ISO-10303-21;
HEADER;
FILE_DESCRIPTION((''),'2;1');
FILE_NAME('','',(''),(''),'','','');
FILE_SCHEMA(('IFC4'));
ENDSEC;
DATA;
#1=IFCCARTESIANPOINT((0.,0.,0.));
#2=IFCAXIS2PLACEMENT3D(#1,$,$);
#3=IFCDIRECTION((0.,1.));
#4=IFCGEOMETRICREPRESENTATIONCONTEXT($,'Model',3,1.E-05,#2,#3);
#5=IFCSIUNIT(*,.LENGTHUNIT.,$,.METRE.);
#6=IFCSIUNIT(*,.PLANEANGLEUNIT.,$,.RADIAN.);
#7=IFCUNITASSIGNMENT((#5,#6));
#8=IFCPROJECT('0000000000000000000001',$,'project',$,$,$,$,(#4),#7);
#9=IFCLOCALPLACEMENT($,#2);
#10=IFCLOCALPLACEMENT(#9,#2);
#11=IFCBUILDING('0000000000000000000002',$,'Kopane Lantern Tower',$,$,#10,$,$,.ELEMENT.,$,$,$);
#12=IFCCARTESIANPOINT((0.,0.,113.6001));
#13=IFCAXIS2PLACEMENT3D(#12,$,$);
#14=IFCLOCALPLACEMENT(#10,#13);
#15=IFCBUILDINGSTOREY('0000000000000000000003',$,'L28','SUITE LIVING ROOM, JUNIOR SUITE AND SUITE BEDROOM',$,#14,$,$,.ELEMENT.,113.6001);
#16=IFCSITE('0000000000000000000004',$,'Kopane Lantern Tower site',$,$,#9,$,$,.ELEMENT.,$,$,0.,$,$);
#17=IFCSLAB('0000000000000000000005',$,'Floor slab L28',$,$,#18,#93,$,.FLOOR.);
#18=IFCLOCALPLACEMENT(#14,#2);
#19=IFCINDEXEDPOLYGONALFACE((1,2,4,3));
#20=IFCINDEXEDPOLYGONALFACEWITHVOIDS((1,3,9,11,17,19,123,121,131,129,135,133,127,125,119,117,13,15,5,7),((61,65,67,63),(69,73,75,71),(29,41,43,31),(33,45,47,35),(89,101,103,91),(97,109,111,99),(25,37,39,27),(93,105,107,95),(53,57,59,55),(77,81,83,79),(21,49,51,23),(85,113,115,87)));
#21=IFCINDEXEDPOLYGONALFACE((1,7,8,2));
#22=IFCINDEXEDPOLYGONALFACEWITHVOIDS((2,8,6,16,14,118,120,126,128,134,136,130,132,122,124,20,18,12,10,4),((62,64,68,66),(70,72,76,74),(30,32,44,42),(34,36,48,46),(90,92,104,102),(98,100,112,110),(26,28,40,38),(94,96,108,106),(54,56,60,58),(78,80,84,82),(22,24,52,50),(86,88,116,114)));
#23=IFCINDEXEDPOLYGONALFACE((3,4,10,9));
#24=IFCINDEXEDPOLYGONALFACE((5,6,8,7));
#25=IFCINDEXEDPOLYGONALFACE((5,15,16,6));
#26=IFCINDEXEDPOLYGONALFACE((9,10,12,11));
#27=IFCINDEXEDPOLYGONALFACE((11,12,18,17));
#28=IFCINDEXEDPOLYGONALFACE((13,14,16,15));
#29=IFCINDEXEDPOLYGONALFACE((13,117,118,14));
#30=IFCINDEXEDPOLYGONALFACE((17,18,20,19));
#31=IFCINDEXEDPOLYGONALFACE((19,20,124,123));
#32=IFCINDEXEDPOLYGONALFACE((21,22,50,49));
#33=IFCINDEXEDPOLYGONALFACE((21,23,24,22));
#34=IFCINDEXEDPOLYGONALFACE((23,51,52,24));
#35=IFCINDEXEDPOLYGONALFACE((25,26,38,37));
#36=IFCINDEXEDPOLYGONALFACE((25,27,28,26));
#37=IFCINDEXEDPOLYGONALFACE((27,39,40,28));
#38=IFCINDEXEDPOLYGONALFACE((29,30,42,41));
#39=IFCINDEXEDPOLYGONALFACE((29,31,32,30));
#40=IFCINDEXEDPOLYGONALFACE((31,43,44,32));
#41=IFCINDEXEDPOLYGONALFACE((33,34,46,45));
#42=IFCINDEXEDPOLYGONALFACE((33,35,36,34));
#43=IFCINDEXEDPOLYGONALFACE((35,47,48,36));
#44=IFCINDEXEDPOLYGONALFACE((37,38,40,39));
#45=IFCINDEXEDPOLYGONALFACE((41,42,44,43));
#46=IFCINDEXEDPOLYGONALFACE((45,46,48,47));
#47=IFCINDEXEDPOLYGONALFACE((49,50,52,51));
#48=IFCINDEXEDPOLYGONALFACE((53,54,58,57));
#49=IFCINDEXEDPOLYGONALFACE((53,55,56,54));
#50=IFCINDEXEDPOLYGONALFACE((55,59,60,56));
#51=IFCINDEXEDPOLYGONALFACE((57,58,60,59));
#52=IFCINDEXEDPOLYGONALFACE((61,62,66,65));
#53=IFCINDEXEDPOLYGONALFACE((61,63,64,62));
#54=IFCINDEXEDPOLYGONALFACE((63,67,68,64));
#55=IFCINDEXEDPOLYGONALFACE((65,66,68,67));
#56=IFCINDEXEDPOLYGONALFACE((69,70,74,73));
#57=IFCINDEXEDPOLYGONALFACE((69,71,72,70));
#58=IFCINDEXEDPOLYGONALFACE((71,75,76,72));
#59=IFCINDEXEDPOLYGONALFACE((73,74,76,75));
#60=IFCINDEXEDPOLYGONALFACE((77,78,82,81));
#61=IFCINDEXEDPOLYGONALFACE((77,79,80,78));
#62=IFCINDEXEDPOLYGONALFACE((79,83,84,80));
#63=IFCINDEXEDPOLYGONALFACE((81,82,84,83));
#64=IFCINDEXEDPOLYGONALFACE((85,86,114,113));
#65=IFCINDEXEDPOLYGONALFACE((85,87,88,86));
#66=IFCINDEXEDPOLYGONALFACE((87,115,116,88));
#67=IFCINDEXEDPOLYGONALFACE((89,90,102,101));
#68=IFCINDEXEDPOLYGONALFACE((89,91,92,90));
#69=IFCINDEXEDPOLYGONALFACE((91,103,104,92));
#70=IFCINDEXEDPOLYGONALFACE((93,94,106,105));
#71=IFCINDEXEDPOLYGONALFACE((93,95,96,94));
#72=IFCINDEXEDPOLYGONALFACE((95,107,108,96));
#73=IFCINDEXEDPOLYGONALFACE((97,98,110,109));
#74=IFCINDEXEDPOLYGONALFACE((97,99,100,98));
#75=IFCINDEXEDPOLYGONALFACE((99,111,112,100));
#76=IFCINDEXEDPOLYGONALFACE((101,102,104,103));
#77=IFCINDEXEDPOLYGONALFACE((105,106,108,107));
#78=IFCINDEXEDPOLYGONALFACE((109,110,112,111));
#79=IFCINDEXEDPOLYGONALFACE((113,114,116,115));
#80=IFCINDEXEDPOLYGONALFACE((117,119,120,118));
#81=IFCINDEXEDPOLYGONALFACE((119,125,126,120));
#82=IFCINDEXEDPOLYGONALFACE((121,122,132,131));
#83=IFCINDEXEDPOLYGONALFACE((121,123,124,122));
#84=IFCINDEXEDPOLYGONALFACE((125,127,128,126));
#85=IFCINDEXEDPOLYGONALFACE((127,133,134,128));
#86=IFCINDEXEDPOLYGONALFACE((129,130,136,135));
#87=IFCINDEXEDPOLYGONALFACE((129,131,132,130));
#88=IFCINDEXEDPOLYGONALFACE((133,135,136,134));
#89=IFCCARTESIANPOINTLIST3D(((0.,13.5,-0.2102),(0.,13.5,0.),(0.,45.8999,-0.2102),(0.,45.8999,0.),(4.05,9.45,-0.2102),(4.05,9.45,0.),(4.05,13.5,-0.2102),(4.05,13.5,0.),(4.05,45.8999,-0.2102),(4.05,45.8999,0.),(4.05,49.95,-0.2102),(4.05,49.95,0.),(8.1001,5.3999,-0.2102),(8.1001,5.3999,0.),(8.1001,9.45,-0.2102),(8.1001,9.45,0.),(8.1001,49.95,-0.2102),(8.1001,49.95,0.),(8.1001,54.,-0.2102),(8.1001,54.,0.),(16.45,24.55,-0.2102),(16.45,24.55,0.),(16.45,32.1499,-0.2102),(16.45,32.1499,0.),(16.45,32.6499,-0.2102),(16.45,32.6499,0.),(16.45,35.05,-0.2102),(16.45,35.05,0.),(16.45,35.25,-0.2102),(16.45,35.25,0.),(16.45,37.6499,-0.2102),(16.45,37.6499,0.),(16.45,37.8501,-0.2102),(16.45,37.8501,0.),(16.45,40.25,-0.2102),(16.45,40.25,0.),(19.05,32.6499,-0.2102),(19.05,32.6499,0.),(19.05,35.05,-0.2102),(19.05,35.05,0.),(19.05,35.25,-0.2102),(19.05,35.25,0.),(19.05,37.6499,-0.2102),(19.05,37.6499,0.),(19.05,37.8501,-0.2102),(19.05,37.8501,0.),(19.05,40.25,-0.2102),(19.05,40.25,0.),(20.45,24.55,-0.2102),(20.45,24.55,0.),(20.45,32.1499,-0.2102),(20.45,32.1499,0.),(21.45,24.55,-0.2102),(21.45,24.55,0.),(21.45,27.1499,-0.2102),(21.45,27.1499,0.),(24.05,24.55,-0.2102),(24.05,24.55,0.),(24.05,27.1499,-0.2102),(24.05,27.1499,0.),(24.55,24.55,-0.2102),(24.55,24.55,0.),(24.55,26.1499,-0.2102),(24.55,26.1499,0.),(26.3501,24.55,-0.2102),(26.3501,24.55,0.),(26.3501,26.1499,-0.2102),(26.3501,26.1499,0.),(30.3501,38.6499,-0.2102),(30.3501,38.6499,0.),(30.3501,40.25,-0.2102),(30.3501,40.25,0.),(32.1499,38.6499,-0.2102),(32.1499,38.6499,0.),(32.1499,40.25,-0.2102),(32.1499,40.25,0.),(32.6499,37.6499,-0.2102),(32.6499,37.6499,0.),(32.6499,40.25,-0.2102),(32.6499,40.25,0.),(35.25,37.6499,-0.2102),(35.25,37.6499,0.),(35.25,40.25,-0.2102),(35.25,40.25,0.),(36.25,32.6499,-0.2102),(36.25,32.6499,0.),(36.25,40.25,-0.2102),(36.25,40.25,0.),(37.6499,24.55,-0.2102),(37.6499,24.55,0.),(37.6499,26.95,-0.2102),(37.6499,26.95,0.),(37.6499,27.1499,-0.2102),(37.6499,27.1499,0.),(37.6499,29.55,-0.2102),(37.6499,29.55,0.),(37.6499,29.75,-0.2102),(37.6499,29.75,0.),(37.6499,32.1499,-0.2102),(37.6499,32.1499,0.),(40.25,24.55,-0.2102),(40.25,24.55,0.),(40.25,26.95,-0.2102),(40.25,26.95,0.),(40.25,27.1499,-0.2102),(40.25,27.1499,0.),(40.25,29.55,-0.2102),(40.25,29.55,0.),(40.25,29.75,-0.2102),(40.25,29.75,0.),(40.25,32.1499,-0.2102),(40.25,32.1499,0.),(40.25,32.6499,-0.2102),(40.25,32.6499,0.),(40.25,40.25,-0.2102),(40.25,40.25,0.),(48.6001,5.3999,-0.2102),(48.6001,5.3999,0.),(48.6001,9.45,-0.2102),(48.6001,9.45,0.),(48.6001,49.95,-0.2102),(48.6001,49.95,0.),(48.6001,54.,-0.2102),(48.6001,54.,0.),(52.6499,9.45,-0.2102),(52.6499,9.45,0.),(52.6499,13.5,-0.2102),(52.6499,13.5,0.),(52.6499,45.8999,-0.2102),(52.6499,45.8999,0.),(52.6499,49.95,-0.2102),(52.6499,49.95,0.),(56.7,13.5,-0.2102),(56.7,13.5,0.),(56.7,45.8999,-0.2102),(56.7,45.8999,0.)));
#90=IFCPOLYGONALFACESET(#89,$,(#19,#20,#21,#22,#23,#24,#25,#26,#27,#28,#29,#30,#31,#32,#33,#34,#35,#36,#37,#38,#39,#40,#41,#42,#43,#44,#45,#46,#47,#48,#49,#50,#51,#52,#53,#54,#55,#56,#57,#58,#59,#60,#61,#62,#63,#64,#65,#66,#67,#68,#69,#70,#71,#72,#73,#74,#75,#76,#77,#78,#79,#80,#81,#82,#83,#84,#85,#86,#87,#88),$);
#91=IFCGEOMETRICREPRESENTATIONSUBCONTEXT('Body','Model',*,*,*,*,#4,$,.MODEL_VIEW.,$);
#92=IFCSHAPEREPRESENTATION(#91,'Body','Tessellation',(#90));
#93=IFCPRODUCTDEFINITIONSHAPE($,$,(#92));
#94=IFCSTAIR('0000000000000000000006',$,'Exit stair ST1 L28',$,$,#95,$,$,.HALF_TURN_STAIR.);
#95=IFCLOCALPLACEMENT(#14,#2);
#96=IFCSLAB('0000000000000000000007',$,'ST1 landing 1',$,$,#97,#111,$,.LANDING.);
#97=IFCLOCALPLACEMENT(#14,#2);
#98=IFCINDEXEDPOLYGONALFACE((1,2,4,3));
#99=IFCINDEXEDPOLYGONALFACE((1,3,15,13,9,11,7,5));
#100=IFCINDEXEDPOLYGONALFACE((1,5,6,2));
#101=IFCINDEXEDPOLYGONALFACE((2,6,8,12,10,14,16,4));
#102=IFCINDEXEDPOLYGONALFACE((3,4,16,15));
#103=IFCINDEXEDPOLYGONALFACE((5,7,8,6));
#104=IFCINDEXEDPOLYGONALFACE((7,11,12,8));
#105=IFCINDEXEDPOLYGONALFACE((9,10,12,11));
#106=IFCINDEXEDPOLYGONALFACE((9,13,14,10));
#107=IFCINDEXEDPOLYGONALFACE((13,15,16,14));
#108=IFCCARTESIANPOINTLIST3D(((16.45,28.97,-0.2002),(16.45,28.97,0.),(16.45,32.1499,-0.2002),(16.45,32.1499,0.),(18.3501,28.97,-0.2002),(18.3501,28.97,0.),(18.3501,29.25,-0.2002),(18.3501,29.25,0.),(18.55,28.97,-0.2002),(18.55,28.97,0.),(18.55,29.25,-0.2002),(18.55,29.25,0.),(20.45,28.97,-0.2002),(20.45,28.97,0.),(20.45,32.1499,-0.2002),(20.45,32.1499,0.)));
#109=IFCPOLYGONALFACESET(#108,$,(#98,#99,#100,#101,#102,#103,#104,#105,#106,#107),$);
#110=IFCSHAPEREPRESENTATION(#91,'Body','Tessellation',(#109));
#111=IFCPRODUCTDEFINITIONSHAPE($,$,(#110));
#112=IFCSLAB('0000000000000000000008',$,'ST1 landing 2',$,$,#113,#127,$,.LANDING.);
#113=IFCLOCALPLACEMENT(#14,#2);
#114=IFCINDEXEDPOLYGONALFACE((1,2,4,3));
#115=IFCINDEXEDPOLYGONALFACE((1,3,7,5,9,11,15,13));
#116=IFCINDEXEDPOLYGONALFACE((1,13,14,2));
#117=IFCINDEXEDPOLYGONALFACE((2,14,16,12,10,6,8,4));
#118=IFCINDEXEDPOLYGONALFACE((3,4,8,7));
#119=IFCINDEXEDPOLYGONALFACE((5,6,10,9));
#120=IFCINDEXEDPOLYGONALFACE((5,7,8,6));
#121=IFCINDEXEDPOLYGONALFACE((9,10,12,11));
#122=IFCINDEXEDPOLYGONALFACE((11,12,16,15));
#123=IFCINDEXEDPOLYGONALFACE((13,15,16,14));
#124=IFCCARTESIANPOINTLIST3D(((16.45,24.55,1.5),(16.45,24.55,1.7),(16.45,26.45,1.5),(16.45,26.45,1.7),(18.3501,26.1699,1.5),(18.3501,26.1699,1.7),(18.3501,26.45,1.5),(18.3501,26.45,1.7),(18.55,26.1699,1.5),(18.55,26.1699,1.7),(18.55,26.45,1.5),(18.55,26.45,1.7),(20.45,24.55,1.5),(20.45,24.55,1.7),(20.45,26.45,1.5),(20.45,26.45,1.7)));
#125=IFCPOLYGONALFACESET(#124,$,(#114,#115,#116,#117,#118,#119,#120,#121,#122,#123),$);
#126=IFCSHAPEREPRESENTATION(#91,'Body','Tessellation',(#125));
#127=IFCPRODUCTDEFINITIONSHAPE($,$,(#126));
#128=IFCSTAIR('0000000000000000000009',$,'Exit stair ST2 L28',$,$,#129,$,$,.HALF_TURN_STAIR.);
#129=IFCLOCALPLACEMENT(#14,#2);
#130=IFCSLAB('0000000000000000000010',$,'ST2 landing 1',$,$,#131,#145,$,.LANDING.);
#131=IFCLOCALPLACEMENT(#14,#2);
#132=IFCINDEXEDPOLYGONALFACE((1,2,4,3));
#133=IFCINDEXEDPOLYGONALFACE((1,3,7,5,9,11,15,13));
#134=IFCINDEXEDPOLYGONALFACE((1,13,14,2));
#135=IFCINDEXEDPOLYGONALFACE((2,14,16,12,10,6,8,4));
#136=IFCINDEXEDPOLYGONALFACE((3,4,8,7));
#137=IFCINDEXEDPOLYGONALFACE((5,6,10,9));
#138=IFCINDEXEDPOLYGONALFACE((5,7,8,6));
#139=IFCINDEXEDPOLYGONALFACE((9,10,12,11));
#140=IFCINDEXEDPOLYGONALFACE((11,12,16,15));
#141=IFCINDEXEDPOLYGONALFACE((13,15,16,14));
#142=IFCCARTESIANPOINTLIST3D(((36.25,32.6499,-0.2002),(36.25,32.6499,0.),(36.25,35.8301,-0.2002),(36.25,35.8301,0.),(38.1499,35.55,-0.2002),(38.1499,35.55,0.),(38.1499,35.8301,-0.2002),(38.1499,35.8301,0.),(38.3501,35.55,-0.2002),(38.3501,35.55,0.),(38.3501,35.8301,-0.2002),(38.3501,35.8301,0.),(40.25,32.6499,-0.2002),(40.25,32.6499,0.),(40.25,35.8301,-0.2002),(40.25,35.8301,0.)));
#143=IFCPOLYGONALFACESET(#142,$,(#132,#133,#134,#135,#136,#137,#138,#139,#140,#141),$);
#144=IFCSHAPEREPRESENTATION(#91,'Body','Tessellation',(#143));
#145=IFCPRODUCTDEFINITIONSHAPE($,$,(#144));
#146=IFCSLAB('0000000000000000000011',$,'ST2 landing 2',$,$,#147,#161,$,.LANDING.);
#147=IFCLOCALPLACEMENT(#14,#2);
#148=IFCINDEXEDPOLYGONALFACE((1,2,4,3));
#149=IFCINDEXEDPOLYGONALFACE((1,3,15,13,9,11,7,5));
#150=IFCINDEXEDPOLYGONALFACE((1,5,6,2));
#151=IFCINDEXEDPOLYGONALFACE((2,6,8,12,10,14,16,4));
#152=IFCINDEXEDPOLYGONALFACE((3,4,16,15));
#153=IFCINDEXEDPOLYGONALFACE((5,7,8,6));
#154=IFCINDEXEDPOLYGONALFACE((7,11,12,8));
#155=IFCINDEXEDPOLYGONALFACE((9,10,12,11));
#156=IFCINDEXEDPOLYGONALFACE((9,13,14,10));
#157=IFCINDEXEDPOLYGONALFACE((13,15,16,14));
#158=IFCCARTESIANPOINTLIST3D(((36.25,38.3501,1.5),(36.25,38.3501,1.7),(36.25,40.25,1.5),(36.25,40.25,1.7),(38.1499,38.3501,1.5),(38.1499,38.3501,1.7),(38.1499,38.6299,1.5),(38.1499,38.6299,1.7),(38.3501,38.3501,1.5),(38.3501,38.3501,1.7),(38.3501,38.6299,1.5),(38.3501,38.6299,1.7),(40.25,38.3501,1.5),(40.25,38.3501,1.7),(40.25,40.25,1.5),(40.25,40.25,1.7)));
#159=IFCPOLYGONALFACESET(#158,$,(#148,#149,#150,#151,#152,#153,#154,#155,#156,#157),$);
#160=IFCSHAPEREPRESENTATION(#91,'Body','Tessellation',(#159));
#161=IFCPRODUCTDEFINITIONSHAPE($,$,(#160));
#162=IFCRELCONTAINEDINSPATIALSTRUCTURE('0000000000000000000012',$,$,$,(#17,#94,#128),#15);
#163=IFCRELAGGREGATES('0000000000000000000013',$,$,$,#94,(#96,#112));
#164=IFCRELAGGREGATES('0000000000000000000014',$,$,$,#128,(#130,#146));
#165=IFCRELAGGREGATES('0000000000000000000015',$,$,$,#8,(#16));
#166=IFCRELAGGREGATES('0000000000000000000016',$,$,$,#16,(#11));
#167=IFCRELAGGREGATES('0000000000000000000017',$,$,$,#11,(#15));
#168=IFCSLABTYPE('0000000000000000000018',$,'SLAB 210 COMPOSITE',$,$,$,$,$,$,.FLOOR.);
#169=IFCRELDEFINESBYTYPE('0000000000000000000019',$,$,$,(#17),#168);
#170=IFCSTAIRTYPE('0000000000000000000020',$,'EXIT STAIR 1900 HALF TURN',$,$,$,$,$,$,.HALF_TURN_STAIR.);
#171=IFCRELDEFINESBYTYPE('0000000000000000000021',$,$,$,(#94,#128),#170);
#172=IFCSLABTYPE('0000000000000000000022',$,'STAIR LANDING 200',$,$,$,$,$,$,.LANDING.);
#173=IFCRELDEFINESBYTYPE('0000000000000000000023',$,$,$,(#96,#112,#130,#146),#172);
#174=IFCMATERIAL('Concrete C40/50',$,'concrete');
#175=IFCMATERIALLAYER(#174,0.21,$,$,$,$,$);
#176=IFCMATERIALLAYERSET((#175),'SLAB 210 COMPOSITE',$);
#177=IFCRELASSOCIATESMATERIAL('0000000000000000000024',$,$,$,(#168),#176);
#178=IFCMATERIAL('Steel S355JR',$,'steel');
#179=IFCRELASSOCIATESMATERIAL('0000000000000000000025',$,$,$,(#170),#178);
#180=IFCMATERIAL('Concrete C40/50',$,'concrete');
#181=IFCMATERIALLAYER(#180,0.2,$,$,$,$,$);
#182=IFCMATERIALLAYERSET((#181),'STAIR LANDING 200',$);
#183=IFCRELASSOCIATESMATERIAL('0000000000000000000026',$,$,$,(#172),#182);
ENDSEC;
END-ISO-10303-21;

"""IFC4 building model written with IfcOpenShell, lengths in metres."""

from ifc_helpers import new_model, si_unit, direction, frame, origin, place, context, subcontext, project, spatial, polyline, outline, extrude, material, layer, layer_set, type_object, element, aggregate, save


model = new_model("IFC4")

# Units and contexts
model_context = context("Model", 3, precision=1e-05, world=origin(), true_north=direction((0.0, 1.0)))
body_context = subcontext(model_context, "Body", "Model", "MODEL_VIEW")
ifc_project = project(units=[si_unit("LENGTHUNIT", "METRE"), si_unit("PLANEANGLEUNIT", "RADIAN")], contexts=[model_context])

# Site, building, storey
site_placement = place(None, origin())
site = spatial("IfcSite", under=ifc_project, at=site_placement, Name="Kopane Lantern Tower site", CompositionType="ELEMENT", RefElevation=0.0)
building_placement = place(site_placement, origin())
building = spatial("IfcBuilding", under=site, at=building_placement, Name="Kopane Lantern Tower", CompositionType="ELEMENT")
storey_placement = place(building_placement, frame((0.0, 0.0, 113.6001)))
storey = spatial("IfcBuildingStorey", under=building, at=storey_placement, Name="L28", Description="SUITE LIVING ROOM, JUNIOR SUITE AND SUITE BEDROOM", CompositionType="ELEMENT", Elevation=113.6001)

# Slab
ifc_material_1 = material(Name="Concrete C40/50", Category="concrete")
ifc_layer_1 = layer(ifc_material_1, 0.21)
ifc_layer_set_1 = layer_set([ifc_layer_1], Name="SLAB 210 COMPOSITE")
slab_type_1 = type_object("IfcSlabType", Name="SLAB 210 COMPOSITE", PredefinedType="FLOOR", material=ifc_layer_set_1)
slab_1_placement = place(storey_placement, frame((0.0, 0.0, -0.2102)))
element("IfcSlab", 1, at=slab_1_placement, inside=storey, type_object=slab_type_1, Name="Floor slab L28", PredefinedType="FLOOR", context=body_context, shape_type="SweptSolid", body=[
    extrude(outline(polyline([(8.1001, 5.3999), (48.6001, 5.3999), (48.6001, 9.45), (52.6499, 9.45), (52.6499, 13.5), (56.7, 13.5), (56.7, 45.8999), (52.6499, 45.8999), (52.6499, 49.95), (48.6001, 49.95), (48.6001, 54.0), (8.1001, 54.0), (8.1001, 49.95), (4.05, 49.95), (4.05, 45.8999), (0.0, 45.8999), (0.0, 13.5), (4.05, 13.5), (4.05, 9.45), (8.1001, 9.45), (8.1001, 5.3999)]), holes=[polyline([(16.45, 24.55), (20.45, 24.55), (20.45, 32.1499), (16.45, 32.1499), (16.45, 24.55)]), polyline([(36.25, 32.6499), (40.25, 32.6499), (40.25, 40.25), (36.25, 40.25), (36.25, 32.6499)]), polyline([(16.45, 32.6499), (19.05, 32.6499), (19.05, 35.05), (16.45, 35.05), (16.45, 32.6499)]), polyline([(16.45, 35.25), (19.05, 35.25), (19.05, 37.6499), (16.45, 37.6499), (16.45, 35.25)]), polyline([(16.45, 37.8501), (19.05, 37.8501), (19.05, 40.25), (16.45, 40.25), (16.45, 37.8501)]), polyline([(37.6499, 24.55), (40.25, 24.55), (40.25, 26.95), (37.6499, 26.95), (37.6499, 24.55)]), polyline([(37.6499, 27.1499), (40.25, 27.1499), (40.25, 29.55), (37.6499, 29.55), (37.6499, 27.1499)]), polyline([(37.6499, 29.75), (40.25, 29.75), (40.25, 32.1499), (37.6499, 32.1499), (37.6499, 29.75)]), polyline([(21.45, 24.55), (24.05, 24.55), (24.05, 27.1499), (21.45, 27.1499), (21.45, 24.55)]), polyline([(32.6499, 37.6499), (35.25, 37.6499), (35.25, 40.25), (32.6499, 40.25), (32.6499, 37.6499)]), polyline([(24.55, 24.55), (26.3501, 24.55), (26.3501, 26.1499), (24.55, 26.1499), (24.55, 24.55)]), polyline([(30.3501, 38.6499), (32.1499, 38.6499), (32.1499, 40.25), (30.3501, 40.25), (30.3501, 38.6499)])]), origin(), (0.0, 0.0, 1.0), 0.2102),
])

# Stairs, slabs
ifc_material_2 = material(Name="Steel S355JR", Category="steel")
stair_type = type_object("IfcStairType", Name="EXIT STAIR 1900 HALF TURN", PredefinedType="HALF_TURN_STAIR", material=ifc_material_2)
stair_1_placement = place(storey_placement, origin())
stair_1 = element("IfcStair", 2, at=stair_1_placement, inside=storey, type_object=stair_type, Name="Exit stair ST1 L28", PredefinedType="HALF_TURN_STAIR")
ifc_material_3 = material(Name="Concrete C40/50", Category="concrete")
ifc_layer_2 = layer(ifc_material_3, 0.2)
ifc_layer_set_2 = layer_set([ifc_layer_2], Name="STAIR LANDING 200")
slab_type_2 = type_object("IfcSlabType", Name="STAIR LANDING 200", PredefinedType="LANDING", material=ifc_layer_set_2)
slab_2_placement = place(storey_placement, frame((0.0, 0.0, -0.2002)))
slab_2 = element("IfcSlab", 3, at=slab_2_placement, type_object=slab_type_2, Name="ST1 landing 1", PredefinedType="LANDING", context=body_context, shape_type="SweptSolid", body=[
    extrude(outline(polyline([(18.3501, 29.25), (18.55, 29.25), (18.55, 28.97), (20.45, 28.97), (20.45, 32.1499), (16.45, 32.1499), (16.45, 28.97), (18.3501, 28.97), (18.3501, 29.25)])), origin(), (0.0, 0.0, 1.0), 0.2002),
])
slab_3_placement = place(storey_placement, frame((0.0, 0.0, 1.5)))
slab_3 = element("IfcSlab", 4, at=slab_3_placement, type_object=slab_type_2, Name="ST1 landing 2", PredefinedType="LANDING", context=body_context, shape_type="SweptSolid", body=[
    extrude(outline(polyline([(20.45, 26.45), (18.55, 26.45), (18.55, 26.1699), (18.3501, 26.1699), (18.3501, 26.45), (16.45, 26.45), (16.45, 24.55), (20.45, 24.55), (20.45, 26.45)])), origin(), (0.0, 0.0, 1.0), 0.2),
])
aggregate(stair_1, [slab_2, slab_3])
stair_2_placement = place(storey_placement, origin())
stair_2 = element("IfcStair", 5, at=stair_2_placement, inside=storey, type_object=stair_type, Name="Exit stair ST2 L28", PredefinedType="HALF_TURN_STAIR")
slab_4_placement = place(storey_placement, frame((0.0, 0.0, -0.2002)))
slab_4 = element("IfcSlab", 6, at=slab_4_placement, type_object=slab_type_2, Name="ST2 landing 1", PredefinedType="LANDING", context=body_context, shape_type="SweptSolid", body=[
    extrude(outline(polyline([(40.25, 35.8301), (38.3501, 35.8301), (38.3501, 35.55), (38.1499, 35.55), (38.1499, 35.8301), (36.25, 35.8301), (36.25, 32.6499), (40.25, 32.6499), (40.25, 35.8301)])), origin(), (0.0, 0.0, 1.0), 0.2002),
])
slab_5_placement = place(storey_placement, frame((0.0, 0.0, 1.5)))
slab_5 = element("IfcSlab", 7, at=slab_5_placement, type_object=slab_type_2, Name="ST2 landing 2", PredefinedType="LANDING", context=body_context, shape_type="SweptSolid", body=[
    extrude(outline(polyline([(38.1499, 38.6299), (38.3501, 38.6299), (38.3501, 38.3501), (40.25, 38.3501), (40.25, 40.25), (36.25, 40.25), (36.25, 38.3501), (38.1499, 38.3501), (38.1499, 38.6299)])), origin(), (0.0, 0.0, 1.0), 0.2),
])
aggregate(stair_2, [slab_4, slab_5])

save(model, "model.ifc")
